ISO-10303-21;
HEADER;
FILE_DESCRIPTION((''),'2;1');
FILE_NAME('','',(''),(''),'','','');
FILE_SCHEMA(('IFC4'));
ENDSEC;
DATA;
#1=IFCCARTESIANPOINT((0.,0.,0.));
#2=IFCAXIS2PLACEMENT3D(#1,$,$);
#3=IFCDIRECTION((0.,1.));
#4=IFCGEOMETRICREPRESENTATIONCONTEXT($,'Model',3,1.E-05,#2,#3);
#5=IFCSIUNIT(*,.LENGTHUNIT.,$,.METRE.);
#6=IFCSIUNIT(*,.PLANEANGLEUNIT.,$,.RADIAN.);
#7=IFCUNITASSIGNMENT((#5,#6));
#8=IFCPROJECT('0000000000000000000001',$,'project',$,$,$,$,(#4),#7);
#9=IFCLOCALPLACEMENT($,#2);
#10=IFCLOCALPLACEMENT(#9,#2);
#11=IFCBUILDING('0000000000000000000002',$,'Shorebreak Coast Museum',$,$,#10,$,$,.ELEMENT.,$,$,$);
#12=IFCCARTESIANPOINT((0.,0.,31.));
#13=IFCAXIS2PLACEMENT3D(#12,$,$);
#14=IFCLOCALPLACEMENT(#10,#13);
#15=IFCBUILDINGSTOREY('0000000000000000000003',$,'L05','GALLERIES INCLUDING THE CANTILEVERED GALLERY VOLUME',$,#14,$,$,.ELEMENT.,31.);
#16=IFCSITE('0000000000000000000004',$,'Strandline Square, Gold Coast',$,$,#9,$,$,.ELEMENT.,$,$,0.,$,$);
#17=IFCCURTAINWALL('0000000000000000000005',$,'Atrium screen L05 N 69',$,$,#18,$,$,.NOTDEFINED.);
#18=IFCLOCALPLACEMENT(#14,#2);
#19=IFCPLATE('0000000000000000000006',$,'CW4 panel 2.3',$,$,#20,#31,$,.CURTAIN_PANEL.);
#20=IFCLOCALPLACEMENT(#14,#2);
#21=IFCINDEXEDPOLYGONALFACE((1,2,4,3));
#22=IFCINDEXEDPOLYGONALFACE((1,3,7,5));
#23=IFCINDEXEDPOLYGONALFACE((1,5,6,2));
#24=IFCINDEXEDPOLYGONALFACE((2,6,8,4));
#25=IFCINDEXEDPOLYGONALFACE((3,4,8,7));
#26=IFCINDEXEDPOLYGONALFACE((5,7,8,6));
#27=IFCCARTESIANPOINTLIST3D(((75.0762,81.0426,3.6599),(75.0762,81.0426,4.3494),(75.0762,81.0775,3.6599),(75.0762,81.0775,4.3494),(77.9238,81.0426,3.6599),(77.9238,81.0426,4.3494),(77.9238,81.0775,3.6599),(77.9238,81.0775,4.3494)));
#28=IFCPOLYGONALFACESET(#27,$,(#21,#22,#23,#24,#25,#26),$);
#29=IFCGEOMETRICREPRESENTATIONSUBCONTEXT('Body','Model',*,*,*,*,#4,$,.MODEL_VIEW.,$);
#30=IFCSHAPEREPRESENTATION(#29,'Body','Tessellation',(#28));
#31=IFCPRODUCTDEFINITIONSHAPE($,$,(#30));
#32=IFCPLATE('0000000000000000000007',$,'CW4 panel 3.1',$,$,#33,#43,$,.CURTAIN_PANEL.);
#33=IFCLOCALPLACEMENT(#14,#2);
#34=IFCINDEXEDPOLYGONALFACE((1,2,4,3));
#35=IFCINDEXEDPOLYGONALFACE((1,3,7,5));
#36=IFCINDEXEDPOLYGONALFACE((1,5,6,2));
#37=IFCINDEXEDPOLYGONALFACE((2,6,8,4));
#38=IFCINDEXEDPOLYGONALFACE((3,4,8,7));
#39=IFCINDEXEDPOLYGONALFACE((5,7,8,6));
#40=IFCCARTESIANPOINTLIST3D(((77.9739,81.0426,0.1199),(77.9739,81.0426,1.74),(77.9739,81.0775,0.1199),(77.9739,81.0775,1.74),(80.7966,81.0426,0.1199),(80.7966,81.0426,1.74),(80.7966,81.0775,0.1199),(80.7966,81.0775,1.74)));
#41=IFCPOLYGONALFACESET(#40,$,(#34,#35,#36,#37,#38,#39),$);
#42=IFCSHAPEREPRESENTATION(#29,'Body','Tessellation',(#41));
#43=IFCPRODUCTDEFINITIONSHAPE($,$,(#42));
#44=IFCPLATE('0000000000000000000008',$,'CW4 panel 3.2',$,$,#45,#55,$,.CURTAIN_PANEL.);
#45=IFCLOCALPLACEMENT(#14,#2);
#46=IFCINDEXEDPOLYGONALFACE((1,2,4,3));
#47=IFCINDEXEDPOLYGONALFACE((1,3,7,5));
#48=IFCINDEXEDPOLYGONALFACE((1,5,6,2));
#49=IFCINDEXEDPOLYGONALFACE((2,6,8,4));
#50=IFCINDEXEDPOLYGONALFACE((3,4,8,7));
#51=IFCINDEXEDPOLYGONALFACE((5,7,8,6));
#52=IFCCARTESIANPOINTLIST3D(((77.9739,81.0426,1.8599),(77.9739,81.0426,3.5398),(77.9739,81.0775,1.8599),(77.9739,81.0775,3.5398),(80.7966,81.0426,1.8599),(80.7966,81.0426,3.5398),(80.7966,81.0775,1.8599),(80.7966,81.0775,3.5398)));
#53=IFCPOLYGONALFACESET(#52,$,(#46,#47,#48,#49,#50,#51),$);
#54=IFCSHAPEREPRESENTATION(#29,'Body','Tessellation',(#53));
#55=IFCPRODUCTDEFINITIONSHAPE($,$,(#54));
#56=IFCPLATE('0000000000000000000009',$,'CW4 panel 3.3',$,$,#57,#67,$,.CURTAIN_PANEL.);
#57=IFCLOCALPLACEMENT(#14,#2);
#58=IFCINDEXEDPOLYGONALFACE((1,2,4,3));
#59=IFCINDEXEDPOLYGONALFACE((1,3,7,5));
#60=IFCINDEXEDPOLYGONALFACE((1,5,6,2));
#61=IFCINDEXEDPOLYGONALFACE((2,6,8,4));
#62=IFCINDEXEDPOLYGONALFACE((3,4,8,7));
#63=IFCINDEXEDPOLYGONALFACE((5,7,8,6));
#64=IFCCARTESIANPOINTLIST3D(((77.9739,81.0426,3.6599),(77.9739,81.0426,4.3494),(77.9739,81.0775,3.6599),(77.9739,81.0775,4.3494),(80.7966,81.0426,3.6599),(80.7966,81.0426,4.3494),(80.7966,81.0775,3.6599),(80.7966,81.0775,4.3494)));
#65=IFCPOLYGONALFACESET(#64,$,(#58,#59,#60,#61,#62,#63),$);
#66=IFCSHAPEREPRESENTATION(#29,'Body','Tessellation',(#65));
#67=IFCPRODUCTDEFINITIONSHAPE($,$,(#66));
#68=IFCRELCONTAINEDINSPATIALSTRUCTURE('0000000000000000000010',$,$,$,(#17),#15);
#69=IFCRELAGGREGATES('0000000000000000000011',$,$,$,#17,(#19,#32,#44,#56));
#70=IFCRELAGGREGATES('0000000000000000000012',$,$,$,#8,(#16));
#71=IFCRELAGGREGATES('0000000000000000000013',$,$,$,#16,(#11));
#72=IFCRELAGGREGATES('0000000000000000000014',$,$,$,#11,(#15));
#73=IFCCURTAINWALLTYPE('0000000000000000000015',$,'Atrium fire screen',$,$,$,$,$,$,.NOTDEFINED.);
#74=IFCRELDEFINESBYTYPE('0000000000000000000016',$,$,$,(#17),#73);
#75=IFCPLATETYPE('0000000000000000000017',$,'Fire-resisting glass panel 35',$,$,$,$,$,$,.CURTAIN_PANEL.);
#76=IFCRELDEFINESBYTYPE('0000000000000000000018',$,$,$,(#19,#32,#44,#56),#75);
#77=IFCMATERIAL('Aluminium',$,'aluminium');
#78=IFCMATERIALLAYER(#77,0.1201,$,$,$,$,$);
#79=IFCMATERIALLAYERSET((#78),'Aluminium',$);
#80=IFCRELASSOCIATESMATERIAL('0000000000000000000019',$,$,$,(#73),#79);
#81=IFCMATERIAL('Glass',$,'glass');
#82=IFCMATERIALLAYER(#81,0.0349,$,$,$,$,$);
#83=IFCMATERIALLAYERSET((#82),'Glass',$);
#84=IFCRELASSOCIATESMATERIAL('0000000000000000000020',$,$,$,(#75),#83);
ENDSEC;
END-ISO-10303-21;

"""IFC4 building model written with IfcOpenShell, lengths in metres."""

from ifc_helpers import new_model, si_unit, direction, frame, origin, origin_2d, place, context, subcontext, project, spatial, rectangle, extrude, material, layer, layer_set, type_object, element, aggregate, save


model = new_model("IFC4")

# Units and contexts
model_context = context("Model", 3, precision=1e-05, world=origin(), true_north=direction((0.0, 1.0)))
body_context = subcontext(model_context, "Body", "Model", "MODEL_VIEW")
ifc_project = project(units=[si_unit("LENGTHUNIT", "METRE"), si_unit("PLANEANGLEUNIT", "RADIAN")], contexts=[model_context])

# Site, building, storey
site_placement = place(None, origin())
site = spatial("IfcSite", under=ifc_project, at=site_placement, Name="Strandline Square, Gold Coast", CompositionType="ELEMENT", RefElevation=0.0)
building_placement = place(site_placement, origin())
building = spatial("IfcBuilding", under=site, at=building_placement, Name="Shorebreak Coast Museum", CompositionType="ELEMENT")
storey_placement = place(building_placement, frame((0.0, 0.0, 31.0)))
storey = spatial("IfcBuildingStorey", under=building, at=storey_placement, Name="L05", Description="GALLERIES INCLUDING THE CANTILEVERED GALLERY VOLUME", CompositionType="ELEMENT", Elevation=31.0)

# Curtain wall
ifc_material_1 = material(Name="Aluminium", Category="aluminium")
ifc_layer_1 = layer(ifc_material_1, 0.1201)
ifc_layer_set_1 = layer_set([ifc_layer_1], Name="Aluminium")
curtain_wall_type = type_object("IfcCurtainWallType", Name="Atrium fire screen", PredefinedType="NOTDEFINED", material=ifc_layer_set_1)
curtain_wall_1_placement = place(storey_placement, origin())
curtain_wall_1 = element("IfcCurtainWall", 1, at=curtain_wall_1_placement, inside=storey, type_object=curtain_wall_type, Name="Atrium screen L05 N 69", PredefinedType="NOTDEFINED")

# Plates
ifc_material_2 = material(Name="Glass", Category="glass")
ifc_layer_2 = layer(ifc_material_2, 0.0349)
ifc_layer_set_2 = layer_set([ifc_layer_2], Name="Glass")
plate_type = type_object("IfcPlateType", Name="Fire-resisting glass panel 35", PredefinedType="CURTAIN_PANEL", material=ifc_layer_set_2)
plate_1_placement = place(storey_placement, frame((76.5, 81.0601, 3.6599), z_axis=(0.0, 0.0, 1.0), x_axis=(1.0, 0.0, 0.0)))
plate_1 = element("IfcPlate", 2, at=plate_1_placement, type_object=plate_type, Name="CW4 panel 2.3", PredefinedType="CURTAIN_PANEL", context=body_context, shape_type="SweptSolid", body=[
    extrude(rectangle(XDim=2.8477, YDim=0.0349, at=origin_2d()), origin(), (0.0, 0.0, 1.0), 0.6895),
])
plate_2_placement = place(storey_placement, frame((79.3853, 81.0601, 0.1199), z_axis=(0.0, 0.0, 1.0), x_axis=(1.0, 0.0, 0.0)))
plate_2 = element("IfcPlate", 3, at=plate_2_placement, type_object=plate_type, Name="CW4 panel 3.1", PredefinedType="CURTAIN_PANEL", context=body_context, shape_type="SweptSolid", body=[
    extrude(rectangle(XDim=2.8228, YDim=0.0349, at=origin_2d()), origin(), (0.0, 0.0, 1.0), 1.6201),
])
plate_3_placement = place(storey_placement, frame((79.3853, 81.0601, 1.8599), z_axis=(0.0, 0.0, 1.0), x_axis=(1.0, 0.0, 0.0)))
plate_3 = element("IfcPlate", 4, at=plate_3_placement, type_object=plate_type, Name="CW4 panel 3.2", PredefinedType="CURTAIN_PANEL", context=body_context, shape_type="SweptSolid", body=[
    extrude(rectangle(XDim=2.8228, YDim=0.0349, at=origin_2d()), origin(), (0.0, 0.0, 1.0), 1.6799),
])
plate_4_placement = place(storey_placement, frame((79.3853, 81.0601, 3.6599), z_axis=(0.0, 0.0, 1.0), x_axis=(1.0, 0.0, 0.0)))
plate_4 = element("IfcPlate", 5, at=plate_4_placement, type_object=plate_type, Name="CW4 panel 3.3", PredefinedType="CURTAIN_PANEL", context=body_context, shape_type="SweptSolid", body=[
    extrude(rectangle(XDim=2.8228, YDim=0.0349, at=origin_2d()), origin(), (0.0, 0.0, 1.0), 0.6895),
])
aggregate(curtain_wall_1, [plate_1, plate_2, plate_3, plate_4])

save(model, "model.ifc")
